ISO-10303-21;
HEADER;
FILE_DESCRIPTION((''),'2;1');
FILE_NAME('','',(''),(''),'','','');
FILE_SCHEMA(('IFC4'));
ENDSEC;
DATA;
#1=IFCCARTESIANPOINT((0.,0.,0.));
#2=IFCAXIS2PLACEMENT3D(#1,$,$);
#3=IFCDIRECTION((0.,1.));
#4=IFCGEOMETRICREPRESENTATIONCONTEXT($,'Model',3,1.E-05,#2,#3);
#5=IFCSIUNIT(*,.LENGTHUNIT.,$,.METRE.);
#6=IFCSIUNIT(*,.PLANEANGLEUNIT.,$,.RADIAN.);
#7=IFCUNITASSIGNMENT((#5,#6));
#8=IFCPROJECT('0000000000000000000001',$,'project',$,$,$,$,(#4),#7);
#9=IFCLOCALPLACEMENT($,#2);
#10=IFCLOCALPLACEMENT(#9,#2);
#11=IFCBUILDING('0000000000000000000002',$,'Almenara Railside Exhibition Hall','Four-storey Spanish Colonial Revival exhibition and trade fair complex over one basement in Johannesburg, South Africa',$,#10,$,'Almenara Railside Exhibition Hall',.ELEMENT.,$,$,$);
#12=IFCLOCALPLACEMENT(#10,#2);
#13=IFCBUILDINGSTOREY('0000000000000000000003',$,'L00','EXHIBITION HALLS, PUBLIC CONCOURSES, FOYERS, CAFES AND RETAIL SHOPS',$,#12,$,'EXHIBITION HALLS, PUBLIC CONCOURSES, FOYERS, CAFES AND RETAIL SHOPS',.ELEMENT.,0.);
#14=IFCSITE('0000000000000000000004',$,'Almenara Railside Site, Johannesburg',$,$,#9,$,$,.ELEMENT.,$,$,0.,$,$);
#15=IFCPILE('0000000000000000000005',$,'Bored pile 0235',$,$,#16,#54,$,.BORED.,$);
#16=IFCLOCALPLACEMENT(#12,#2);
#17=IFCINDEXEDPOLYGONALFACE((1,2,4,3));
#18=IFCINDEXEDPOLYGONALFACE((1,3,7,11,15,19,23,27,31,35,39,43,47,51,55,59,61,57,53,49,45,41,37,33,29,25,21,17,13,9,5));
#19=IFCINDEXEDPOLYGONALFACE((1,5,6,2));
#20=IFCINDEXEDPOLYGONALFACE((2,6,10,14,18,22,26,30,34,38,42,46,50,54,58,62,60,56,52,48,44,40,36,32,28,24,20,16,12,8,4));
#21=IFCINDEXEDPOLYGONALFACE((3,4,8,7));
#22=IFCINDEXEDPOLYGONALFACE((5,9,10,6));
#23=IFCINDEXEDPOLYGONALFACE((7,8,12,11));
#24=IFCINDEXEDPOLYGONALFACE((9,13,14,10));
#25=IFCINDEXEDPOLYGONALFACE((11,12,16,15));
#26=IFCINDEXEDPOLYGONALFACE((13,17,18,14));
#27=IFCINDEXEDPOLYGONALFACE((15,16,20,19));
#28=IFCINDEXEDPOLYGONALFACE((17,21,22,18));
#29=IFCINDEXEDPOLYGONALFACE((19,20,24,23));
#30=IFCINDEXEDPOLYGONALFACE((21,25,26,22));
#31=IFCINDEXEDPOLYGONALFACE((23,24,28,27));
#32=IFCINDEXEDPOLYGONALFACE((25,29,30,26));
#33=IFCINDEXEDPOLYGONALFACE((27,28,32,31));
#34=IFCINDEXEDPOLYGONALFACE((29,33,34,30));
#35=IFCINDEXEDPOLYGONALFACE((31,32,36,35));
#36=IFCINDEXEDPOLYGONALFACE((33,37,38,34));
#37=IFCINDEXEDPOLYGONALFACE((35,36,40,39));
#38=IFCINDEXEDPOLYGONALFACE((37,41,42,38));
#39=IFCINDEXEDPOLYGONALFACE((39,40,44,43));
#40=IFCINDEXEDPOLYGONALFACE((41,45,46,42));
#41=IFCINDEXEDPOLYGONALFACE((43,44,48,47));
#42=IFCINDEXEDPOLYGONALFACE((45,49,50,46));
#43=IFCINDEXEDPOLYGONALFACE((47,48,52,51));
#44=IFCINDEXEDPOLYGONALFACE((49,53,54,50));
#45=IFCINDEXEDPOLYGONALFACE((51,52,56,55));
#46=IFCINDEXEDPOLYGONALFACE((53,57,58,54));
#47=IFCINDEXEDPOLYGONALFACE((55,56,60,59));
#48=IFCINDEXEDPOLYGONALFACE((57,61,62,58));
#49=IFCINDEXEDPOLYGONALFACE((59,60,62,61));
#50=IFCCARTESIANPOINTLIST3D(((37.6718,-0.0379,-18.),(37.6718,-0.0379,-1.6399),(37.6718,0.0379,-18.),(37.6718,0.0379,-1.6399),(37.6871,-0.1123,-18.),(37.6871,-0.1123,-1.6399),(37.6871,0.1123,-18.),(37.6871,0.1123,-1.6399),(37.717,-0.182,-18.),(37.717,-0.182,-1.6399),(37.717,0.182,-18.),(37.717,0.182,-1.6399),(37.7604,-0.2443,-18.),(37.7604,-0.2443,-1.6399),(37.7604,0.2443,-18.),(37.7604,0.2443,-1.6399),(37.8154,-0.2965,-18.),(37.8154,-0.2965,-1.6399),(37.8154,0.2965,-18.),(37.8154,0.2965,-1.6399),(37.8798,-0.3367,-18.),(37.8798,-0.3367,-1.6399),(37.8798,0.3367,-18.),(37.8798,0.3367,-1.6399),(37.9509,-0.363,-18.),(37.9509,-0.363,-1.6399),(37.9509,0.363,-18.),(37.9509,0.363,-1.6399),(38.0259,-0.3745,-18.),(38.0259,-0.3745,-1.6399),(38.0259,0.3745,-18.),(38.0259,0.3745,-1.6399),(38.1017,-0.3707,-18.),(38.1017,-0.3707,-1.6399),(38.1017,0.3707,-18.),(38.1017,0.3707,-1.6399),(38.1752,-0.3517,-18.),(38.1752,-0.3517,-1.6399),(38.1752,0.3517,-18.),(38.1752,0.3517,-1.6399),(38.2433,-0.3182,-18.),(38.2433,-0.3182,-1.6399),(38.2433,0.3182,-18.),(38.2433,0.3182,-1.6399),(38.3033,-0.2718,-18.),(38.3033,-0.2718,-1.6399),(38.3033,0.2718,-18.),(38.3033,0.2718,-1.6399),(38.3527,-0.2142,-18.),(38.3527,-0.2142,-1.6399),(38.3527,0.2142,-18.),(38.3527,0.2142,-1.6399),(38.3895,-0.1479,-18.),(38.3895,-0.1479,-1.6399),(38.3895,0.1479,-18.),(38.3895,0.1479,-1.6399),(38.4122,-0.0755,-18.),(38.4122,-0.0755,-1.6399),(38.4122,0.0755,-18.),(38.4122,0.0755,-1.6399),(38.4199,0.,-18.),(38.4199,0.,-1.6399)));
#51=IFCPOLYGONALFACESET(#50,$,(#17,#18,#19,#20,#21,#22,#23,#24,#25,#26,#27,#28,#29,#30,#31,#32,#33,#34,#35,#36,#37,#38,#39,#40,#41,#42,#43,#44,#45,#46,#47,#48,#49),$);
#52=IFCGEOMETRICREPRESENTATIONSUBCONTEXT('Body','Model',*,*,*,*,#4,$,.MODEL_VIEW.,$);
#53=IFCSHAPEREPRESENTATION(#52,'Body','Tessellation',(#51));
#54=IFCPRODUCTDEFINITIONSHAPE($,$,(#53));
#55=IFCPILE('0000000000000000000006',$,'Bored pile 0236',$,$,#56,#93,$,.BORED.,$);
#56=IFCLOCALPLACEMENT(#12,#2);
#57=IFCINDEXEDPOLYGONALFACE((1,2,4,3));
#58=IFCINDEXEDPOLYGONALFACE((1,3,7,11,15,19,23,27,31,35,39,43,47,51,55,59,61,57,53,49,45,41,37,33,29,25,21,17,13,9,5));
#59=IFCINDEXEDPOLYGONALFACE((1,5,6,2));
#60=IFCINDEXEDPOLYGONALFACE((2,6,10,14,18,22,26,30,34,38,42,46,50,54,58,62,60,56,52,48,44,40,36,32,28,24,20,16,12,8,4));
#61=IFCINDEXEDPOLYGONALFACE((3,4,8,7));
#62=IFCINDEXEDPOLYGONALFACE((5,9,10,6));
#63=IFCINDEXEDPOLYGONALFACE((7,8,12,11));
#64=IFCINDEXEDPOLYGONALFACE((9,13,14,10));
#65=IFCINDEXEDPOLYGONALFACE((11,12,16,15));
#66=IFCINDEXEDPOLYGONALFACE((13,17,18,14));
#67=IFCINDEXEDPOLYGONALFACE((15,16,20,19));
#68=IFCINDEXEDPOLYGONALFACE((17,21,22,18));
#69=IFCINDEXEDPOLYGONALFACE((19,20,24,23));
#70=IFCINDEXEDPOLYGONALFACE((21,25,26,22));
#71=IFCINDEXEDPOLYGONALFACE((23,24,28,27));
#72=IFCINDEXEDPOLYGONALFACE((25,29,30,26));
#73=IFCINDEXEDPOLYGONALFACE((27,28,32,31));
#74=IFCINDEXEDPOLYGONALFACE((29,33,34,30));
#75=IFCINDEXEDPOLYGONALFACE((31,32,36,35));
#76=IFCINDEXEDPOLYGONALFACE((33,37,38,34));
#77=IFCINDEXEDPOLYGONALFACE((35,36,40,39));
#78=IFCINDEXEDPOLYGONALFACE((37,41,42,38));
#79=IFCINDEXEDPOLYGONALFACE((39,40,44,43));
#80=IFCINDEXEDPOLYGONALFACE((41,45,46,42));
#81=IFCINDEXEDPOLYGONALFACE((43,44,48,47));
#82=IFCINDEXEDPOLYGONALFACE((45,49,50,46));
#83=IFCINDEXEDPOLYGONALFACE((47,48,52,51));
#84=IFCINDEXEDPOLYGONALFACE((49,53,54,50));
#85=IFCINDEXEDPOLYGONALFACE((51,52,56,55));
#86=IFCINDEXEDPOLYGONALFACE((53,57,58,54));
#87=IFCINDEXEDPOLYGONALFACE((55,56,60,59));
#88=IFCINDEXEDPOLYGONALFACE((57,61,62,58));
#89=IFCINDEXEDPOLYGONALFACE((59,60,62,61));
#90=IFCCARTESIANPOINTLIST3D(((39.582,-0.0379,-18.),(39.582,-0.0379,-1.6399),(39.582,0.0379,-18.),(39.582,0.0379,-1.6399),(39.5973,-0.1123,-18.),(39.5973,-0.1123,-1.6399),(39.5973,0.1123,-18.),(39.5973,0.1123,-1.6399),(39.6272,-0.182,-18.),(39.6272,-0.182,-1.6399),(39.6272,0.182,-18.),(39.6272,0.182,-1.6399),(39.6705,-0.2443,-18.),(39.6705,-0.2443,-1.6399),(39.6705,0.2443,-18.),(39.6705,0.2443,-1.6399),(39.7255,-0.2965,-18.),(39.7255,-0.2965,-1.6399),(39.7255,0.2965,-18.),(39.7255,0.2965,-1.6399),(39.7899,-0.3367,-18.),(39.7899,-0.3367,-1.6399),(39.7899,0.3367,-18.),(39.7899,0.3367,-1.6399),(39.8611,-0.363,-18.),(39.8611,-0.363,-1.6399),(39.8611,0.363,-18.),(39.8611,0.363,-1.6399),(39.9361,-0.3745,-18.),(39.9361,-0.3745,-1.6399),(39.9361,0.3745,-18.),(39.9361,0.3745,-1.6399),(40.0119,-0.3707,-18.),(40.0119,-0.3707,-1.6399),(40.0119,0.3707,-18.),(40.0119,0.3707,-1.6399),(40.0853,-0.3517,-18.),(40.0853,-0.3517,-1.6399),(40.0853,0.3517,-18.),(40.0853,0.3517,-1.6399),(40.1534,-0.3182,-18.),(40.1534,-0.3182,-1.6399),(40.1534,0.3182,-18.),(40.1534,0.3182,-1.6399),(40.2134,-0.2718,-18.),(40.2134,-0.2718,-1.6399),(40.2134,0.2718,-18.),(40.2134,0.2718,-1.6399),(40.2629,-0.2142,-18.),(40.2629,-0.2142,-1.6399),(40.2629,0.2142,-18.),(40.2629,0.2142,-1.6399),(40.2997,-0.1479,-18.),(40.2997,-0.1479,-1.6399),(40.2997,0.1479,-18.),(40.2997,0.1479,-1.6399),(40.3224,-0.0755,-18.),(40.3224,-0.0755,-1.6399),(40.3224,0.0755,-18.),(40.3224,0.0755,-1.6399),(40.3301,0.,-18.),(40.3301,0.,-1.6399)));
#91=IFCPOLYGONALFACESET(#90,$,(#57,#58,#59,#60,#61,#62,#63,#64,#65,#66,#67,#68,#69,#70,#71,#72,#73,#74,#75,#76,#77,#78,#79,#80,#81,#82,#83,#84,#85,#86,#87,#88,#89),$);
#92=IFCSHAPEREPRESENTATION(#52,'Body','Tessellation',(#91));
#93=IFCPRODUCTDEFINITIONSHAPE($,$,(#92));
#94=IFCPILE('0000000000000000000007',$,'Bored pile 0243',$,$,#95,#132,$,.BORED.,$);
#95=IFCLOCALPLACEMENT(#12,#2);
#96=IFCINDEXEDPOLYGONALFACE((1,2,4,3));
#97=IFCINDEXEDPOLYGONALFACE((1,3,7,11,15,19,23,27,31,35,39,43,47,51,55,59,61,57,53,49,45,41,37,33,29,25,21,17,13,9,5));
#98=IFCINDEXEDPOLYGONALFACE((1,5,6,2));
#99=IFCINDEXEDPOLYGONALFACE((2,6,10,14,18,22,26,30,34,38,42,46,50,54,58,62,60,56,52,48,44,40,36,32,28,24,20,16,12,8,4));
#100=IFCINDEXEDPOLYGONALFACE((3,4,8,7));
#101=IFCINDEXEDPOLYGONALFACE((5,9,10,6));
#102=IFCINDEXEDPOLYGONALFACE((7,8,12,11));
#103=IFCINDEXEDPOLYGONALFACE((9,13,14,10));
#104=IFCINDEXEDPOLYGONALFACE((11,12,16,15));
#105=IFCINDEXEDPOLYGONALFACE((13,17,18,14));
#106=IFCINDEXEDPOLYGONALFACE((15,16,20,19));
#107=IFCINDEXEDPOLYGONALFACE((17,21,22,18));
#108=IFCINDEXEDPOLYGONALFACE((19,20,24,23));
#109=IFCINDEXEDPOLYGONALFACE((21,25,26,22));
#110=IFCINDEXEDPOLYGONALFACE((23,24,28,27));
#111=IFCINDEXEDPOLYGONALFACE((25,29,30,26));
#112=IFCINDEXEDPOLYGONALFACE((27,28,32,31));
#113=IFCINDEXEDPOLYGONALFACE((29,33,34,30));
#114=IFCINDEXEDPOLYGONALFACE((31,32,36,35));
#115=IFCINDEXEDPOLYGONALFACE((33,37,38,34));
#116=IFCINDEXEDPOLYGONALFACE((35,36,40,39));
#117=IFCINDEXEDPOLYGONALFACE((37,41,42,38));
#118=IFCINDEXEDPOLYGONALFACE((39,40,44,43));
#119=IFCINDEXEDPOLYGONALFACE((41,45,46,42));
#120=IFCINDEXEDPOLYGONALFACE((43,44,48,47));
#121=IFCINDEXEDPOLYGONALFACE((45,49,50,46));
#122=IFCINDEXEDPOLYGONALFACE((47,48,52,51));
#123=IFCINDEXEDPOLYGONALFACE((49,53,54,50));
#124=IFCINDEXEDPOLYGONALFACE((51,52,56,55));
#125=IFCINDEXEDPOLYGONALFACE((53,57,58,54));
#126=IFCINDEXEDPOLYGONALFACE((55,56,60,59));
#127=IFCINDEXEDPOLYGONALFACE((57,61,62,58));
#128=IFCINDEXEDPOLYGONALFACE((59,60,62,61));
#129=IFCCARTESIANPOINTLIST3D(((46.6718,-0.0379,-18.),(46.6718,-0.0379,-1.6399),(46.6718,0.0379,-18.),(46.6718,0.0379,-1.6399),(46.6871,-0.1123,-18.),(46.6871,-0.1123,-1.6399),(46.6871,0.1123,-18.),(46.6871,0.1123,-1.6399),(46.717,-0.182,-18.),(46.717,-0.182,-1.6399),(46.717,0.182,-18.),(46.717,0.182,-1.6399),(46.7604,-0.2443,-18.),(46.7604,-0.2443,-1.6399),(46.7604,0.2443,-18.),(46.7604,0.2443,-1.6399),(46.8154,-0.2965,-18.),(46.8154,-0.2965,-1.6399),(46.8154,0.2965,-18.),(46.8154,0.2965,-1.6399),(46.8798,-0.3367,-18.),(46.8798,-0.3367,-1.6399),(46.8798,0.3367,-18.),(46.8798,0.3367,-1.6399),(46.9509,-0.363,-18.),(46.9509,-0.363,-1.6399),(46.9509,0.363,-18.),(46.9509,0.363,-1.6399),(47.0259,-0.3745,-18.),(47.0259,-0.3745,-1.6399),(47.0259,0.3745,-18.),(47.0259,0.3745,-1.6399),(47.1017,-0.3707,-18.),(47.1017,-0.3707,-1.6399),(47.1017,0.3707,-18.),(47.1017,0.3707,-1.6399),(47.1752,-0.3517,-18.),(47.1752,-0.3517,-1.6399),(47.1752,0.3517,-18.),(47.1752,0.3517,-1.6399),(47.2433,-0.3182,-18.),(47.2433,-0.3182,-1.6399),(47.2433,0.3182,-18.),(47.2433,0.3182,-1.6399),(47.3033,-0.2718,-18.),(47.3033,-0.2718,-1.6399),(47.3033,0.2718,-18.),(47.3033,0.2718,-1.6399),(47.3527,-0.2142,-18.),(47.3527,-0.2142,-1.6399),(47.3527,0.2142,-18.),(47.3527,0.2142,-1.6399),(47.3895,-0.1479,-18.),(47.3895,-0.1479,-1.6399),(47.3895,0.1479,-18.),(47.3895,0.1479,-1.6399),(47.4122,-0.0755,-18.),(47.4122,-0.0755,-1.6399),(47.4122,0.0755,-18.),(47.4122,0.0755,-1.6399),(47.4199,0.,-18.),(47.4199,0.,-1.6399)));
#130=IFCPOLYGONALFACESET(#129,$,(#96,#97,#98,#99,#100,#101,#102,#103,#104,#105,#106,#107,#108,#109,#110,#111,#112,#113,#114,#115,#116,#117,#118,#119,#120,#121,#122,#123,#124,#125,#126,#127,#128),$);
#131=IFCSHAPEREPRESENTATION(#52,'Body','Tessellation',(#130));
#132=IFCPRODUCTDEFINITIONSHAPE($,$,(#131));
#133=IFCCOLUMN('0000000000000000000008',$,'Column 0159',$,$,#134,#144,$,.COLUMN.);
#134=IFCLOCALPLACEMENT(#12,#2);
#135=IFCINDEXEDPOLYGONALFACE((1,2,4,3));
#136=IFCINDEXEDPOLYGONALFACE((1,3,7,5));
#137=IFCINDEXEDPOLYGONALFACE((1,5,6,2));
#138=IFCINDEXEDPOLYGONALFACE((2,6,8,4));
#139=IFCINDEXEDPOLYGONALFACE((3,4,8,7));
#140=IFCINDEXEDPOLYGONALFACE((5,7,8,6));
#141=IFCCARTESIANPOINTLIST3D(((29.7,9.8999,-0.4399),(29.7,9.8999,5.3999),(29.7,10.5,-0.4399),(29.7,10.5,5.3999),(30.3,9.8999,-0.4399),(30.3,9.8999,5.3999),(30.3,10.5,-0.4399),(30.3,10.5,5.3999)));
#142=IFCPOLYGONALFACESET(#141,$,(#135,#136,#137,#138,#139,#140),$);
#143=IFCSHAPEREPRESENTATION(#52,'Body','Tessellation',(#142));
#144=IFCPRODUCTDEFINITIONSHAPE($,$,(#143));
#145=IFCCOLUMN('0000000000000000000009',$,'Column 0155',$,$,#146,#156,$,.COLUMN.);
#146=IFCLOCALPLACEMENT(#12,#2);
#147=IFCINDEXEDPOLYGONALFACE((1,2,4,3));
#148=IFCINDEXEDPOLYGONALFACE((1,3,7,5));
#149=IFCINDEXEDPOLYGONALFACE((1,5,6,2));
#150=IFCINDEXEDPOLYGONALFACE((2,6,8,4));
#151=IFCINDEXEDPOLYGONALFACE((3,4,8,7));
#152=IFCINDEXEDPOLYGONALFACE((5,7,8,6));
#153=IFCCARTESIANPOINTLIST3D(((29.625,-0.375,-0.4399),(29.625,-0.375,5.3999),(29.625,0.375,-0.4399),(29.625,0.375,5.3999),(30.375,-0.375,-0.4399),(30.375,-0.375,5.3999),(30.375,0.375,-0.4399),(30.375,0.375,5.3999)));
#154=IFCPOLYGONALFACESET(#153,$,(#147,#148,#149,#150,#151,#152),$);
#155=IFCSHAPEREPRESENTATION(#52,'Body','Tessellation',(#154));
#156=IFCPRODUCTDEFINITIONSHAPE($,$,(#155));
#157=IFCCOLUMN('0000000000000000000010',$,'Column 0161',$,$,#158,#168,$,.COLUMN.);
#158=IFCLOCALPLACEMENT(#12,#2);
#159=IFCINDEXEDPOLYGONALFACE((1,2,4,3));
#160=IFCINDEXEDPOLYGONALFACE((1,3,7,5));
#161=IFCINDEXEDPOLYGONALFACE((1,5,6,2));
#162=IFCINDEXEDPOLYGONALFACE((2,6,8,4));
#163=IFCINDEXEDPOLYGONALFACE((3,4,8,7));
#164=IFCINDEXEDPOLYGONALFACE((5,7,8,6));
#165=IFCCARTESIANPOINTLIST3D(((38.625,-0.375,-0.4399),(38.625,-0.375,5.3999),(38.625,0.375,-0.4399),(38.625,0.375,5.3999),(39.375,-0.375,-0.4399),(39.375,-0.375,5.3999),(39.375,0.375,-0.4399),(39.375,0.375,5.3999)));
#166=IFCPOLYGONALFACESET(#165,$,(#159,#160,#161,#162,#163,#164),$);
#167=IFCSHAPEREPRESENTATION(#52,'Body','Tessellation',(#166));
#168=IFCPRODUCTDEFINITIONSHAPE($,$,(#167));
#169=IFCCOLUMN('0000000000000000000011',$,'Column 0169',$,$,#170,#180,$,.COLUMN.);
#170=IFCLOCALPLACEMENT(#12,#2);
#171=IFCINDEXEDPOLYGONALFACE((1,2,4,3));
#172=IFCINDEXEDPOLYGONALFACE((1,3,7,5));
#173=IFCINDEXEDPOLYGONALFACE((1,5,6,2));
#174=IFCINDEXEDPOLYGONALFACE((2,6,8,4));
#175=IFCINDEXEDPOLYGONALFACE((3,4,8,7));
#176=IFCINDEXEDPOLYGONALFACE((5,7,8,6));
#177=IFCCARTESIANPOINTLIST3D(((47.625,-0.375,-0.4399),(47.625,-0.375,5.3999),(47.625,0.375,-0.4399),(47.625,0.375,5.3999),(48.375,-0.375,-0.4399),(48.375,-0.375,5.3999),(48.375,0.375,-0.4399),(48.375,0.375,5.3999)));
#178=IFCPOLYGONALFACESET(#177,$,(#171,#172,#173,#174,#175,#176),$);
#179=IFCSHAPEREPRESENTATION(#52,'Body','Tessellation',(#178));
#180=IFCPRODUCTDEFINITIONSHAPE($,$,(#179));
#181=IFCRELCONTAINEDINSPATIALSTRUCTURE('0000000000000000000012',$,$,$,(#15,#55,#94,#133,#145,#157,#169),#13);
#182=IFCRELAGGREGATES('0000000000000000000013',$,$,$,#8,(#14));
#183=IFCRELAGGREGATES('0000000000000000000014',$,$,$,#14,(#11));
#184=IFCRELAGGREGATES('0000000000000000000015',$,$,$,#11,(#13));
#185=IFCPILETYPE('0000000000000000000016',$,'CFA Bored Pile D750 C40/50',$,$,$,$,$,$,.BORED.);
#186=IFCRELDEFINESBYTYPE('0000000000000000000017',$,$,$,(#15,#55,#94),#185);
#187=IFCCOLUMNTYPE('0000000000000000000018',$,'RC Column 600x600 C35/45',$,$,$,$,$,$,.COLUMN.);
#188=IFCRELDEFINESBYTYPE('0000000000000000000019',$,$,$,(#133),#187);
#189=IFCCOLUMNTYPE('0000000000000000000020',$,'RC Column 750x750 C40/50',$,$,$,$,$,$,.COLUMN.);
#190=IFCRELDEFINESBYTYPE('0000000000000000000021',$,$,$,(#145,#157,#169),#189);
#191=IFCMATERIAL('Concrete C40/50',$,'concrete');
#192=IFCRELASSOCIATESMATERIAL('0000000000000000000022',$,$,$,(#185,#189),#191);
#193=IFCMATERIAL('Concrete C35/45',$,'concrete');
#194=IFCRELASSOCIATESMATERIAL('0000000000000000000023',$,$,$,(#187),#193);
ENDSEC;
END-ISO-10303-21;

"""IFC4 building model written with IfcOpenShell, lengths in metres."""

from ifc_helpers import new_model, si_unit, direction, frame, origin, origin_2d, place, context, subcontext, project, spatial, rectangle, circle, extrude, material, material_profile, profile_set, type_object, element, save


model = new_model("IFC4")

# Units and contexts
model_context = context("Model", 3, precision=1e-05, world=origin(), true_north=direction((0.0, 1.0)))
body_context = subcontext(model_context, "Body", "Model", "MODEL_VIEW")
ifc_project = project(units=[si_unit("LENGTHUNIT", "METRE"), si_unit("PLANEANGLEUNIT", "RADIAN")], contexts=[model_context])

# Site, building, storey
site_placement = place(None, origin())
site = spatial("IfcSite", under=ifc_project, at=site_placement, Name="Almenara Railside Site, Johannesburg", CompositionType="ELEMENT", RefElevation=0.0)
building_placement = place(site_placement, origin())
building = spatial("IfcBuilding", under=site, at=building_placement, Name="Almenara Railside Exhibition Hall", Description="Four-storey Spanish Colonial Revival exhibition and trade fair complex over one basement in Johannesburg, South Africa", LongName="Almenara Railside Exhibition Hall", CompositionType="ELEMENT")
storey_placement = place(building_placement, origin())
storey = spatial("IfcBuildingStorey", under=building, at=storey_placement, Name="L00", Description="EXHIBITION HALLS, PUBLIC CONCOURSES, FOYERS, CAFES AND RETAIL SHOPS", LongName="EXHIBITION HALLS, PUBLIC CONCOURSES, FOYERS, CAFES AND RETAIL SHOPS", CompositionType="ELEMENT", Elevation=0.0)

# Piles
ifc_material_1 = material(Name="Concrete C40/50", Category="concrete")
ifc_material_profile_1 = material_profile(ifc_material_1, circle(Radius=0.375, at=origin_2d()), Name="CFA-PILE D750")
ifc_profile_set_1 = profile_set([ifc_material_profile_1], Name="Concrete C40/50")
pile_type_1 = type_object("IfcPileType", Name="CFA Bored Pile D750 C40/50", PredefinedType="BORED", material=ifc_profile_set_1)
for number, where, z_axis, x_axis, name in (
    (1, (38.0449, 0.0, -1.6399), (0.0, 0.0, -1.0), (1.0, 0.0, 0.0), "Bored pile 0235"),
    (2, (39.9551, 0.0, -1.6399), (0.0, 0.0, -1.0), (1.0, 0.0, 0.0), "Bored pile 0236"),
    (3, (47.0449, 0.0, -1.6399), (0.0, 0.0, -1.0), (1.0, 0.0, 0.0), "Bored pile 0243"),
):
    element("IfcPile", number, at=place(storey_placement, frame(where, z_axis=z_axis, x_axis=x_axis)), inside=storey, type_object=pile_type_1, Name=name, PredefinedType="BORED", context=body_context, shape_type="SweptSolid", body=[
        extrude(circle(Radius=0.375, at=origin_2d()), origin(), (0.0, 0.0, 1.0), 16.3601),
    ])

# Columns
ifc_material_2 = material(Name="Concrete C35/45", Category="concrete")
ifc_material_profile_2 = material_profile(ifc_material_2, rectangle(XDim=0.6001, YDim=0.6001, at=origin_2d()), Name="RC 600x600")
ifc_profile_set_2 = profile_set([ifc_material_profile_2], Name="Concrete C35/45")
column_type_1 = type_object("IfcColumnType", Name="RC Column 600x600 C35/45", PredefinedType="COLUMN", material=ifc_profile_set_2)
column_placement = place(storey_placement, frame((30.0, 10.2, -0.4399), z_axis=(0.0, 0.0, 1.0), x_axis=(1.0, 0.0, 0.0)))
element("IfcColumn", 4, at=column_placement, inside=storey, type_object=column_type_1, Name="Column 0159", PredefinedType="COLUMN", context=body_context, shape_type="SweptSolid", body=[
    extrude(rectangle(XDim=0.6001, YDim=0.6001, at=origin_2d()), origin(), (0.0, 0.0, 1.0), 5.8398),
])
ifc_material_profile_3 = material_profile(ifc_material_1, rectangle(XDim=0.75, YDim=0.75, at=origin_2d()), Name="RC 750x750")
ifc_profile_set_3 = profile_set([ifc_material_profile_3], Name="Concrete C40/50")
column_type_2 = type_object("IfcColumnType", Name="RC Column 750x750 C40/50", PredefinedType="COLUMN", material=ifc_profile_set_3)
for number, where, z_axis, x_axis, name in (
    (5, (30.0, 0.0, -0.4399), (0.0, 0.0, 1.0), (1.0, 0.0, 0.0), "Column 0155"),
    (6, (39.0, 0.0, -0.4399), (0.0, 0.0, 1.0), (1.0, 0.0, 0.0), "Column 0161"),
    (7, (48.0, 0.0, -0.4399), (0.0, 0.0, 1.0), (1.0, 0.0, 0.0), "Column 0169"),
):
    element("IfcColumn", number, at=place(storey_placement, frame(where, z_axis=z_axis, x_axis=x_axis)), inside=storey, type_object=column_type_2, Name=name, PredefinedType="COLUMN", context=body_context, shape_type="SweptSolid", body=[
        extrude(rectangle(XDim=0.75, YDim=0.75, at=origin_2d()), origin(), (0.0, 0.0, 1.0), 5.8398),
    ])

save(model, "model.ifc")
